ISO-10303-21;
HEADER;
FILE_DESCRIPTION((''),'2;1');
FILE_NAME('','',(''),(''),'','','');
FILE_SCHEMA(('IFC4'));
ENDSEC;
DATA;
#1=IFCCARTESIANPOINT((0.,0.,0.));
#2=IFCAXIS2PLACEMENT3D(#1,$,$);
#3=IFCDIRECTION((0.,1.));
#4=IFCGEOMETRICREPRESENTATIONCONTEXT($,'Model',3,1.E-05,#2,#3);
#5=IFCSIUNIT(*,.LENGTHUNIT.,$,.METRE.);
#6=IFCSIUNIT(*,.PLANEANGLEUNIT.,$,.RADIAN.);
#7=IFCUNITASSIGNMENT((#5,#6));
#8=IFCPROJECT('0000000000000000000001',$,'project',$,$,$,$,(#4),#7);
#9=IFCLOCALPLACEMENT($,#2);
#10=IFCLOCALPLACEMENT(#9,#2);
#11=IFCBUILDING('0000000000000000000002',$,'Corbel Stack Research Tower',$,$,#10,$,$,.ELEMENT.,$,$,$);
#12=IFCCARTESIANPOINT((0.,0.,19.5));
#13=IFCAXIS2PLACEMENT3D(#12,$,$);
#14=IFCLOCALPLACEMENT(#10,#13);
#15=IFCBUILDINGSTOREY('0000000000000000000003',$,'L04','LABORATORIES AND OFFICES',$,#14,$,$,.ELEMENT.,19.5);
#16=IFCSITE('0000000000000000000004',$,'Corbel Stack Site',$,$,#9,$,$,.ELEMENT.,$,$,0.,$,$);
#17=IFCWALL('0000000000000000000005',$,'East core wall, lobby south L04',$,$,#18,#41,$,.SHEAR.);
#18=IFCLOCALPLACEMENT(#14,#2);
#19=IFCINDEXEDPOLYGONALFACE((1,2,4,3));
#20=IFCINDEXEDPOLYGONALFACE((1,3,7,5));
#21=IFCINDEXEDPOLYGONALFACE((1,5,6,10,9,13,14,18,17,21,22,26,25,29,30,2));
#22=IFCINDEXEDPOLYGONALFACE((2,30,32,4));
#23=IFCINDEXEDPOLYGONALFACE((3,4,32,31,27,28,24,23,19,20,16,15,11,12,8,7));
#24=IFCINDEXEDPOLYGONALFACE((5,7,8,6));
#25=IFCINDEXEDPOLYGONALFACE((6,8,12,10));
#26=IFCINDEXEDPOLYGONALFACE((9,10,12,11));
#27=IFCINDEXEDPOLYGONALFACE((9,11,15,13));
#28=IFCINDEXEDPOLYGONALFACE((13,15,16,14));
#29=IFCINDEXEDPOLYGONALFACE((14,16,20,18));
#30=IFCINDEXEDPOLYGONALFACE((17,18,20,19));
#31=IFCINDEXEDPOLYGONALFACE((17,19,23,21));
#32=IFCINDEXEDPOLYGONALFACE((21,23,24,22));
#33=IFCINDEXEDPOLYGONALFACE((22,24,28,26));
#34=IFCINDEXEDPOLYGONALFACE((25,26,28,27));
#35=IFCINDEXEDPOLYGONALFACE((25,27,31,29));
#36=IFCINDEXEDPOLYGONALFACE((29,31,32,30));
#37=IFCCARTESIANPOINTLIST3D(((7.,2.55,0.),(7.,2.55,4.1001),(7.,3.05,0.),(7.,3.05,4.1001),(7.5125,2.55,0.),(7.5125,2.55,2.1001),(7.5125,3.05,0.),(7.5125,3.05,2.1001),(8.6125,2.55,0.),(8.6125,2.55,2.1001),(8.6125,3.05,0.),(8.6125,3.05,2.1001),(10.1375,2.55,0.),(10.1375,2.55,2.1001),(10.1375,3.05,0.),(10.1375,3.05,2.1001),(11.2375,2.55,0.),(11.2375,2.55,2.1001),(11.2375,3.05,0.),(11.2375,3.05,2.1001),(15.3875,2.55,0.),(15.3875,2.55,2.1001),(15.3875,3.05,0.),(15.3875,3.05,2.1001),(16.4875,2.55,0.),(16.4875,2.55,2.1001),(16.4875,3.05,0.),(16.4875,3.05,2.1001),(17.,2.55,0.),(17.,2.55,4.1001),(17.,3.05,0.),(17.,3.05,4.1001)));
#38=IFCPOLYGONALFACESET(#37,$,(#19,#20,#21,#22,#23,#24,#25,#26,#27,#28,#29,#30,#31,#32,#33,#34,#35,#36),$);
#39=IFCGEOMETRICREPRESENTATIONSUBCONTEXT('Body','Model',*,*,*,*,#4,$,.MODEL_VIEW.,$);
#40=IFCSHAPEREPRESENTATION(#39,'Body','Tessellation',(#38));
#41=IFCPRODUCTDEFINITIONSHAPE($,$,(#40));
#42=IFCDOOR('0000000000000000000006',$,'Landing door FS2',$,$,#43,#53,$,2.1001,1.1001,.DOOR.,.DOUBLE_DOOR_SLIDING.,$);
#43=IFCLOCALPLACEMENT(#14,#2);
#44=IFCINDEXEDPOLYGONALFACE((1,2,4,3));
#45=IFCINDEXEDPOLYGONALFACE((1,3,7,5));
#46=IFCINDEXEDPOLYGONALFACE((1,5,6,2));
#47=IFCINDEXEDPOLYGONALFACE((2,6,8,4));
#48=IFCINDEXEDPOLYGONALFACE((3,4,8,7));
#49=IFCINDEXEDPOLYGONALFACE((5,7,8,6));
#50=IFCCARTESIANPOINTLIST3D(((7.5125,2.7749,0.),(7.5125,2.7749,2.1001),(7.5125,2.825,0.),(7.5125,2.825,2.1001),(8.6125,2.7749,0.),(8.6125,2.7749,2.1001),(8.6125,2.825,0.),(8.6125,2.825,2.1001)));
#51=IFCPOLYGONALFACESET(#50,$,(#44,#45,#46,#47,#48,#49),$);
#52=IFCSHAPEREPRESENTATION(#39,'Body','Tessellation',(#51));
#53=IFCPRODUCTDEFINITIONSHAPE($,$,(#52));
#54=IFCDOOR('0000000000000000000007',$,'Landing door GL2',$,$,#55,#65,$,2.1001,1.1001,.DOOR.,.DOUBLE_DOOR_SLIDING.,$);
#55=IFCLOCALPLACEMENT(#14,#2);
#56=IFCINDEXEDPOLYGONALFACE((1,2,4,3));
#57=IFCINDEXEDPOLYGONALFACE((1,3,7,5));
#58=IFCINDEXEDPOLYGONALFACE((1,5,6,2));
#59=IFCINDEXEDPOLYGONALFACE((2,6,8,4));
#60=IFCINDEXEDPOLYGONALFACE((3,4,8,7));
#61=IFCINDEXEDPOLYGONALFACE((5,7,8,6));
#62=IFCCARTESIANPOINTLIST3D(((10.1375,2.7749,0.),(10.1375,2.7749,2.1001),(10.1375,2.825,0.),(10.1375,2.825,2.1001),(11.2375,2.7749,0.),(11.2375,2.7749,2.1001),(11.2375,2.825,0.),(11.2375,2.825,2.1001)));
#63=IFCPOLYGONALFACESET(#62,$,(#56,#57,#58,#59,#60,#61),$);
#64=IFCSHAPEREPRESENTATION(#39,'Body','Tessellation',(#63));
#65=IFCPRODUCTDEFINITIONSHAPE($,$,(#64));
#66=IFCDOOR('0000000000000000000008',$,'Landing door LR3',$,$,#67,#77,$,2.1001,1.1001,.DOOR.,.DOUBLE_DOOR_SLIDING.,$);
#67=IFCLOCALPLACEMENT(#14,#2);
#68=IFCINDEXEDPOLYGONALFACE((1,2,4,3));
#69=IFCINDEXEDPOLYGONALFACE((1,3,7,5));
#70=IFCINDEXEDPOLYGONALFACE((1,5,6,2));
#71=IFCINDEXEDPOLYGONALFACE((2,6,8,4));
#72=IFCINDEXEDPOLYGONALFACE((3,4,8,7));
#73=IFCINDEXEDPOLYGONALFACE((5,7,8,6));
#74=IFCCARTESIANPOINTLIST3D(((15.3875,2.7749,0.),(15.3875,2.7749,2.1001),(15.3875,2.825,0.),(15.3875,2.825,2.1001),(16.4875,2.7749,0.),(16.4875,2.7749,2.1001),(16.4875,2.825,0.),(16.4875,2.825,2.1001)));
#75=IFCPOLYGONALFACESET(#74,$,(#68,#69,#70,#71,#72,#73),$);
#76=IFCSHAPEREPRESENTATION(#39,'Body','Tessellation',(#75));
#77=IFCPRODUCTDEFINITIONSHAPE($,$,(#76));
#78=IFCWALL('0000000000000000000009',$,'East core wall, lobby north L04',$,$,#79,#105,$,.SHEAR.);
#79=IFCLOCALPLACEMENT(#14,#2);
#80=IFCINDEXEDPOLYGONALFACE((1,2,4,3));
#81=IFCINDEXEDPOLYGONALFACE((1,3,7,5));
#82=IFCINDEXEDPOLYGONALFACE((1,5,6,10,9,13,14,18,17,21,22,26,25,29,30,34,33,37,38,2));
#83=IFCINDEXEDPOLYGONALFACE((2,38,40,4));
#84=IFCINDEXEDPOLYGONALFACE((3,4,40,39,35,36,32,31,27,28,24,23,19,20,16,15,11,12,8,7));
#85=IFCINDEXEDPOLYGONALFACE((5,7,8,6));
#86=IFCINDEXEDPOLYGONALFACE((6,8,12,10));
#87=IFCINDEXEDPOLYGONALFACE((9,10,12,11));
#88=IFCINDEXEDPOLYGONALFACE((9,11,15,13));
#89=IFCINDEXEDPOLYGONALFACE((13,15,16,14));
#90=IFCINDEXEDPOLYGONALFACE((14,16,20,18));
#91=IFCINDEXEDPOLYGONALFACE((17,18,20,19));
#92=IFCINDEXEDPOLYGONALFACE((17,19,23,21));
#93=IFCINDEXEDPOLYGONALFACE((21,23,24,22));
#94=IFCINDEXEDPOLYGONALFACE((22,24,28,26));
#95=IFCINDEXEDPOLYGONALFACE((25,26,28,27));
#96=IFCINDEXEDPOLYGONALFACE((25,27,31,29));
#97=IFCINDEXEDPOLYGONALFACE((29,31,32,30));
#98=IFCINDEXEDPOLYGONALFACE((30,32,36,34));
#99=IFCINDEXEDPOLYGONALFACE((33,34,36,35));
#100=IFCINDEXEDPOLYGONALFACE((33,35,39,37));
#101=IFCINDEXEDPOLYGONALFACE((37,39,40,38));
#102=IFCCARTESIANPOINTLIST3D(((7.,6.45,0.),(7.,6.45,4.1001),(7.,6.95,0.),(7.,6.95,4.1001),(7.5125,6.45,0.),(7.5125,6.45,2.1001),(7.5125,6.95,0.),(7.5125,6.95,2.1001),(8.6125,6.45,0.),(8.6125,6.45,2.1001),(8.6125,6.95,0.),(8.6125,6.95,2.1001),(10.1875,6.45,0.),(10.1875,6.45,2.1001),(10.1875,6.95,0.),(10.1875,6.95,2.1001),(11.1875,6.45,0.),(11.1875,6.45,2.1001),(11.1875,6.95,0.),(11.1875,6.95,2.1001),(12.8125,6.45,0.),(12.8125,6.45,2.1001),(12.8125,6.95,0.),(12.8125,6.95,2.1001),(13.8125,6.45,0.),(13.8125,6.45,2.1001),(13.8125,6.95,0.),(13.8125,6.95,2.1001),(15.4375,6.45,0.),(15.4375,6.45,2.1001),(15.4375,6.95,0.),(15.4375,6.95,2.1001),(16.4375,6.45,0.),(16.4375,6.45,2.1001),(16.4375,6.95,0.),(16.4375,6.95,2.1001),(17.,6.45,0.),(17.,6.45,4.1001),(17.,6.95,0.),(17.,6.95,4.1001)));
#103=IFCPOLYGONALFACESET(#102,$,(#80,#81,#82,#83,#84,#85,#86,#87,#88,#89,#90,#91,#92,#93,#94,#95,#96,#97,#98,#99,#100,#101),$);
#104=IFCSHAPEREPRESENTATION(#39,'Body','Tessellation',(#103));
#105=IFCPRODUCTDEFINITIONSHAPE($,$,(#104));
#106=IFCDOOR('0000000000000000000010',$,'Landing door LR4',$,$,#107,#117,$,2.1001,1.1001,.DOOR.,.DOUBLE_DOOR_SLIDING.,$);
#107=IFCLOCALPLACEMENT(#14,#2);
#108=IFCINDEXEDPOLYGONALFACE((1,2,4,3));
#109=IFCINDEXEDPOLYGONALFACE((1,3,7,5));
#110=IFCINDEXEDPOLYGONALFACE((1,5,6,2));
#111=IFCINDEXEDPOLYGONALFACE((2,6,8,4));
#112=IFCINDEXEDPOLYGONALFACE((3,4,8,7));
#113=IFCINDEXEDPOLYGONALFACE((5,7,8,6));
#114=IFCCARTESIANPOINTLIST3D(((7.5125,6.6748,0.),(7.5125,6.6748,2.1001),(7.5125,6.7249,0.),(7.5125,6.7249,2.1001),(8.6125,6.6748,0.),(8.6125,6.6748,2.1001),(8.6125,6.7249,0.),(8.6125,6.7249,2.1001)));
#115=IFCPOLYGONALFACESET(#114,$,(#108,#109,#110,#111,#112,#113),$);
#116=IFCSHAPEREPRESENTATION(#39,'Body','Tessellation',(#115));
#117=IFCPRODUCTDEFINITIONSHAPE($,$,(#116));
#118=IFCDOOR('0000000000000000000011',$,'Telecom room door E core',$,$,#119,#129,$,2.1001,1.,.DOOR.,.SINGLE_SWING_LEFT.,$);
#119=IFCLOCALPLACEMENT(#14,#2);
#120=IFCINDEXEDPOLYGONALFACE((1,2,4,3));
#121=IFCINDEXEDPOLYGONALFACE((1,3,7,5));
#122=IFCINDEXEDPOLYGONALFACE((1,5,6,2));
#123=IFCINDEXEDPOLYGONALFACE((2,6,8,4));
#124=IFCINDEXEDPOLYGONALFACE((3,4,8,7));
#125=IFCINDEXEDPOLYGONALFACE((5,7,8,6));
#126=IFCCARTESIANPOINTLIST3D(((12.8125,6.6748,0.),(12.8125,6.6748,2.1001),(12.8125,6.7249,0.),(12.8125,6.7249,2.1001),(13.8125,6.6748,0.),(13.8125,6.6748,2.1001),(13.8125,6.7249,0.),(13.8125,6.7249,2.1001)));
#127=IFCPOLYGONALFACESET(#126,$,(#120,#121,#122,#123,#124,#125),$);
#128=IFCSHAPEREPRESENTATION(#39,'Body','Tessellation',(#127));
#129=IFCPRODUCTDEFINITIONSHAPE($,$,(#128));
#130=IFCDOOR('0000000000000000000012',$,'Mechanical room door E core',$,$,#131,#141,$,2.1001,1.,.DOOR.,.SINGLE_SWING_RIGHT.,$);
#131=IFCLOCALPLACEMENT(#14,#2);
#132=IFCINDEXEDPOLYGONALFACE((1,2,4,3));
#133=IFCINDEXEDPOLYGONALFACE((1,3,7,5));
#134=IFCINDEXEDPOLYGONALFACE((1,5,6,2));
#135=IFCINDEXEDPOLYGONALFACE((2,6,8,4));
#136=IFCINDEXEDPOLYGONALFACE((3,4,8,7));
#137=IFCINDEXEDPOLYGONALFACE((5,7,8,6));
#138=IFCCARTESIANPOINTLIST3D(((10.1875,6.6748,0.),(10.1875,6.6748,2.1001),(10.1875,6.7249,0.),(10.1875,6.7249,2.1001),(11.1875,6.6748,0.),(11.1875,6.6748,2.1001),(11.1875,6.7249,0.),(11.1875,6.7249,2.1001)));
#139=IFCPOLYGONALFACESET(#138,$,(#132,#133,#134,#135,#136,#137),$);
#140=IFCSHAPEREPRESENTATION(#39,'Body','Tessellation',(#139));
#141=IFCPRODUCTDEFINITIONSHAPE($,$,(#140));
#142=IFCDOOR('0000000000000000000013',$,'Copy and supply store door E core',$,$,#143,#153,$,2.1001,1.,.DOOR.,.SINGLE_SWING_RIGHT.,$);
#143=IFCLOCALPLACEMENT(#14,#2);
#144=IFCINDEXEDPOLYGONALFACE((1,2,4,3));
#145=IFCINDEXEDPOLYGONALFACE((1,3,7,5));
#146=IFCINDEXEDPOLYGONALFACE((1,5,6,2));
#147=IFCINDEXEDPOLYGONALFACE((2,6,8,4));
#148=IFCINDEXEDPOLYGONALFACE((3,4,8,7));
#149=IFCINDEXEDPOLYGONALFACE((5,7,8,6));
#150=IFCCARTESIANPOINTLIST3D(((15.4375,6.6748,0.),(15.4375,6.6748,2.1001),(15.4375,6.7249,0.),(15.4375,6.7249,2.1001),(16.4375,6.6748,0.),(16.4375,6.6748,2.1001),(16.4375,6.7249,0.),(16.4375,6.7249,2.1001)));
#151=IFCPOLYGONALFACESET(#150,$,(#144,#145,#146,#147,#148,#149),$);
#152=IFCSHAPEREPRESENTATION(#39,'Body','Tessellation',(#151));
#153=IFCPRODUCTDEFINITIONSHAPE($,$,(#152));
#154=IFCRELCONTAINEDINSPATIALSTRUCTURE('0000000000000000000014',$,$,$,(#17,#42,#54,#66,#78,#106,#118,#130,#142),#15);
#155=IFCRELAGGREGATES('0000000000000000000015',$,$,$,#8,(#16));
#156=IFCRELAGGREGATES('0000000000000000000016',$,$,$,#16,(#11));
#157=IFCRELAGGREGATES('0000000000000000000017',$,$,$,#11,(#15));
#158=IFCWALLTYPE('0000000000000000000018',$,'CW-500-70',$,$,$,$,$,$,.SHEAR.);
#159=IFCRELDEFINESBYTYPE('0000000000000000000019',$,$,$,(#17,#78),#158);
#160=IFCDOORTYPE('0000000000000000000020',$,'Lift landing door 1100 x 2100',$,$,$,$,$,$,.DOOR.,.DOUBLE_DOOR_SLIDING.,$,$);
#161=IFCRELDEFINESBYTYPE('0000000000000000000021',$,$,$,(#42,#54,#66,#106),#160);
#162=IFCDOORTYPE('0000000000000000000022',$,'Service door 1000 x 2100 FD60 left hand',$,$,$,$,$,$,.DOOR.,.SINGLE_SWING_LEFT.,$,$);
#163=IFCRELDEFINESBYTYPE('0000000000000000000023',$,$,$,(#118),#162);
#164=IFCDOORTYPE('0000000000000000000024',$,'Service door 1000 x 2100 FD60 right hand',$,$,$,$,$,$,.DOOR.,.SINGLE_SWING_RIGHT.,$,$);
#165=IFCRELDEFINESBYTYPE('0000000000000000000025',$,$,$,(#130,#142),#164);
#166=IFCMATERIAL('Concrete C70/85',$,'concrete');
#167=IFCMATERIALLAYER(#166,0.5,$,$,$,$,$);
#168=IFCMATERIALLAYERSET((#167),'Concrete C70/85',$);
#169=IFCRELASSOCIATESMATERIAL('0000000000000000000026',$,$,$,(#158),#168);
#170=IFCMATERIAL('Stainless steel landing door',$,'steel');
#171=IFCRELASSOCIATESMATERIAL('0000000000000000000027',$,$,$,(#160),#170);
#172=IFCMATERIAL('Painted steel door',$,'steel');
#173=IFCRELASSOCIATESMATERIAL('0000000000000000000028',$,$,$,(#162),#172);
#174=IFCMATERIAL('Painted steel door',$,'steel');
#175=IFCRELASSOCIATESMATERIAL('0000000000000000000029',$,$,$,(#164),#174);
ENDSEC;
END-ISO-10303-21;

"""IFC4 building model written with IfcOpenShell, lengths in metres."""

from ifc_helpers import new_model, si_unit, direction, frame, frame_2d, origin, place, context, subcontext, project, spatial, rectangle, extrude, material, layer, layer_set, type_object, element, fill, save


model = new_model("IFC4")

# Units and contexts
model_context = context("Model", 3, precision=1e-05, world=origin(), true_north=direction((0.0, 1.0)))
body_context = subcontext(model_context, "Body", "Model", "MODEL_VIEW")
ifc_project = project(units=[si_unit("LENGTHUNIT", "METRE"), si_unit("PLANEANGLEUNIT", "RADIAN")], contexts=[model_context])

# Site, building, storey
site_placement = place(None, origin())
site = spatial("IfcSite", under=ifc_project, at=site_placement, Name="Corbel Stack Site", CompositionType="ELEMENT", RefElevation=0.0)
building_placement = place(site_placement, origin())
building = spatial("IfcBuilding", under=site, at=building_placement, Name="Corbel Stack Research Tower", CompositionType="ELEMENT")
storey_placement = place(building_placement, frame((0.0, 0.0, 19.5)))
storey = spatial("IfcBuildingStorey", under=building, at=storey_placement, Name="L04", Description="LABORATORIES AND OFFICES", CompositionType="ELEMENT", Elevation=19.5)

# Walls, openings, doors
ifc_material_1 = material(Name="Concrete C70/85", Category="concrete")
ifc_layer_1 = layer(ifc_material_1, 0.5)
ifc_layer_set_1 = layer_set([ifc_layer_1], Name="Concrete C70/85")
wall_type_1 = type_object("IfcWallType", Name="CW-500-70", PredefinedType="SHEAR", material=ifc_layer_set_1)
wall_1_placement = place(storey_placement, frame((7.0, 2.8, 0.0), z_axis=(0.0, 0.0, 1.0), x_axis=(1.0, 0.0, 0.0)))
wall_1 = element("IfcWall", 1, at=wall_1_placement, inside=storey, type_object=wall_type_1, Name="East core wall, lobby south L04", PredefinedType="SHEAR", context=body_context, shape_type="SweptSolid", body=[
    extrude(rectangle(XDim=10.0, YDim=0.5, at=frame_2d((5.0, 0.0))), origin(), (0.0, 0.0, 1.0), 4.1001),
])
opening_1_placement = place(wall_1_placement, frame((0.5125, 0.0, 0.0)))
opening_1 = element("IfcOpeningElement", 2, at=opening_1_placement, cuts=wall_1, PredefinedType="OPENING", context=body_context, shape_type="SweptSolid", body=[
    extrude(rectangle(XDim=1.1001, YDim=2.1001, at=frame_2d((0.55, 1.05))), frame((0.0, 0.26, 0.0), z_axis=(0.0, -1.0, 0.0), x_axis=(1.0, 0.0, 0.0)), (0.0, 0.0, 1.0), 0.52),
])
opening_2_placement = place(wall_1_placement, frame((3.1375, 0.0, 0.0)))
opening_2 = element("IfcOpeningElement", 3, at=opening_2_placement, cuts=wall_1, PredefinedType="OPENING", context=body_context, shape_type="SweptSolid", body=[
    extrude(rectangle(XDim=1.1001, YDim=2.1001, at=frame_2d((0.55, 1.05))), frame((0.0, 0.26, 0.0), z_axis=(0.0, -1.0, 0.0), x_axis=(1.0, 0.0, 0.0)), (0.0, 0.0, 1.0), 0.52),
])
opening_3_placement = place(wall_1_placement, frame((8.3875, 0.0, 0.0)))
opening_3 = element("IfcOpeningElement", 4, at=opening_3_placement, cuts=wall_1, PredefinedType="OPENING", context=body_context, shape_type="SweptSolid", body=[
    extrude(rectangle(XDim=1.1001, YDim=2.1001, at=frame_2d((0.55, 1.05))), frame((0.0, 0.26, 0.0), z_axis=(0.0, -1.0, 0.0), x_axis=(1.0, 0.0, 0.0)), (0.0, 0.0, 1.0), 0.52),
])
ifc_material_2 = material(Name="Stainless steel landing door", Category="steel")
door_type_1 = type_object("IfcDoorType", Name="Lift landing door 1100 x 2100", OperationType="DOUBLE_DOOR_SLIDING", PredefinedType="DOOR", material=ifc_material_2)
door_1_placement = place(opening_1_placement, origin())
door_1 = element("IfcDoor", 5, at=door_1_placement, inside=storey, type_object=door_type_1, Name="Landing door FS2", OperationType="DOUBLE_DOOR_SLIDING", OverallHeight=2.1001, OverallWidth=1.1001, PredefinedType="DOOR", context=body_context, shape_type="SweptSolid", body=[
    extrude(rectangle(XDim=1.1001, YDim=2.1001, at=frame_2d((0.55, 1.05))), frame((0.0, 0.0249, 0.0), z_axis=(0.0, -1.0, 0.0), x_axis=(1.0, 0.0, 0.0)), (0.0, 0.0, 1.0), 0.05),
])
fill(opening_1, door_1)
door_2_placement = place(opening_2_placement, origin())
door_2 = element("IfcDoor", 6, at=door_2_placement, inside=storey, type_object=door_type_1, Name="Landing door GL2", OperationType="DOUBLE_DOOR_SLIDING", OverallHeight=2.1001, OverallWidth=1.1001, PredefinedType="DOOR", context=body_context, shape_type="SweptSolid", body=[
    extrude(rectangle(XDim=1.1001, YDim=2.1001, at=frame_2d((0.55, 1.05))), frame((0.0, 0.0249, 0.0), z_axis=(0.0, -1.0, 0.0), x_axis=(1.0, 0.0, 0.0)), (0.0, 0.0, 1.0), 0.05),
])
fill(opening_2, door_2)
door_3_placement = place(opening_3_placement, origin())
door_3 = element("IfcDoor", 7, at=door_3_placement, inside=storey, type_object=door_type_1, Name="Landing door LR3", OperationType="DOUBLE_DOOR_SLIDING", OverallHeight=2.1001, OverallWidth=1.1001, PredefinedType="DOOR", context=body_context, shape_type="SweptSolid", body=[
    extrude(rectangle(XDim=1.1001, YDim=2.1001, at=frame_2d((0.55, 1.05))), frame((0.0, 0.0249, 0.0), z_axis=(0.0, -1.0, 0.0), x_axis=(1.0, 0.0, 0.0)), (0.0, 0.0, 1.0), 0.05),
])
fill(opening_3, door_3)
wall_2_placement = place(storey_placement, frame((7.0, 6.7, 0.0), z_axis=(0.0, 0.0, 1.0), x_axis=(1.0, 0.0, 0.0)))
wall_2 = element("IfcWall", 8, at=wall_2_placement, inside=storey, type_object=wall_type_1, Name="East core wall, lobby north L04", PredefinedType="SHEAR", context=body_context, shape_type="SweptSolid", body=[
    extrude(rectangle(XDim=10.0, YDim=0.5, at=frame_2d((5.0, 0.0))), origin(), (0.0, 0.0, 1.0), 4.1001),
])
opening_4_placement = place(wall_2_placement, frame((0.5125, 0.0, 0.0)))
opening_4 = element("IfcOpeningElement", 9, at=opening_4_placement, cuts=wall_2, PredefinedType="OPENING", context=body_context, shape_type="SweptSolid", body=[
    extrude(rectangle(XDim=1.1001, YDim=2.1001, at=frame_2d((0.55, 1.05))), frame((0.0, 0.26, 0.0), z_axis=(0.0, -1.0, 0.0), x_axis=(1.0, 0.0, 0.0)), (0.0, 0.0, 1.0), 0.52),
])
opening_5_placement = place(wall_2_placement, frame((3.1875, 0.0, 0.0)))
opening_5 = element("IfcOpeningElement", 10, at=opening_5_placement, cuts=wall_2, PredefinedType="OPENING", context=body_context, shape_type="SweptSolid", body=[
    extrude(rectangle(XDim=1.0, YDim=2.1001, at=frame_2d((0.5, 1.05))), frame((0.0, 0.26, 0.0), z_axis=(0.0, -1.0, 0.0), x_axis=(1.0, 0.0, 0.0)), (0.0, 0.0, 1.0), 0.52),
])
opening_6_placement = place(wall_2_placement, frame((5.8125, 0.0, 0.0)))
opening_6 = element("IfcOpeningElement", 11, at=opening_6_placement, cuts=wall_2, PredefinedType="OPENING", context=body_context, shape_type="SweptSolid", body=[
    extrude(rectangle(XDim=1.0, YDim=2.1001, at=frame_2d((0.5, 1.05))), frame((0.0, 0.26, 0.0), z_axis=(0.0, -1.0, 0.0), x_axis=(1.0, 0.0, 0.0)), (0.0, 0.0, 1.0), 0.52),
])
opening_7_placement = place(wall_2_placement, frame((8.4375, 0.0, 0.0)))
opening_7 = element("IfcOpeningElement", 12, at=opening_7_placement, cuts=wall_2, PredefinedType="OPENING", context=body_context, shape_type="SweptSolid", body=[
    extrude(rectangle(XDim=1.0, YDim=2.1001, at=frame_2d((0.5, 1.05))), frame((0.0, 0.26, 0.0), z_axis=(0.0, -1.0, 0.0), x_axis=(1.0, 0.0, 0.0)), (0.0, 0.0, 1.0), 0.52),
])
door_4_placement = place(opening_4_placement, origin())
door_4 = element("IfcDoor", 13, at=door_4_placement, inside=storey, type_object=door_type_1, Name="Landing door LR4", OperationType="DOUBLE_DOOR_SLIDING", OverallHeight=2.1001, OverallWidth=1.1001, PredefinedType="DOOR", context=body_context, shape_type="SweptSolid", body=[
    extrude(rectangle(XDim=1.1001, YDim=2.1001, at=frame_2d((0.55, 1.05))), frame((0.0, 0.0249, 0.0), z_axis=(0.0, -1.0, 0.0), x_axis=(1.0, 0.0, 0.0)), (0.0, 0.0, 1.0), 0.05),
])
fill(opening_4, door_4)
ifc_material_3 = material(Name="Painted steel door", Category="steel")
door_type_2 = type_object("IfcDoorType", Name="Service door 1000 x 2100 FD60 left hand", OperationType="SINGLE_SWING_LEFT", PredefinedType="DOOR", material=ifc_material_3)
door_5_placement = place(opening_6_placement, origin())
door_5 = element("IfcDoor", 14, at=door_5_placement, inside=storey, type_object=door_type_2, Name="Telecom room door E core", OperationType="SINGLE_SWING_LEFT", OverallHeight=2.1001, OverallWidth=1.0, PredefinedType="DOOR", context=body_context, shape_type="SweptSolid", body=[
    extrude(rectangle(XDim=1.0, YDim=2.1001, at=frame_2d((0.5, 1.05))), frame((0.0, 0.0249, 0.0), z_axis=(0.0, -1.0, 0.0), x_axis=(1.0, 0.0, 0.0)), (0.0, 0.0, 1.0), 0.05),
])
fill(opening_6, door_5)
ifc_material_4 = material(Name="Painted steel door", Category="steel")
door_type_3 = type_object("IfcDoorType", Name="Service door 1000 x 2100 FD60 right hand", OperationType="SINGLE_SWING_RIGHT", PredefinedType="DOOR", material=ifc_material_4)
door_6_placement = place(opening_5_placement, origin())
door_6 = element("IfcDoor", 15, at=door_6_placement, inside=storey, type_object=door_type_3, Name="Mechanical room door E core", OperationType="SINGLE_SWING_RIGHT", OverallHeight=2.1001, OverallWidth=1.0, PredefinedType="DOOR", context=body_context, shape_type="SweptSolid", body=[
    extrude(rectangle(XDim=1.0, YDim=2.1001, at=frame_2d((0.5, 1.05))), frame((0.0, 0.0249, 0.0), z_axis=(0.0, -1.0, 0.0), x_axis=(1.0, 0.0, 0.0)), (0.0, 0.0, 1.0), 0.05),
])
fill(opening_5, door_6)
door_7_placement = place(opening_7_placement, origin())
door_7 = element("IfcDoor", 16, at=door_7_placement, inside=storey, type_object=door_type_3, Name="Copy and supply store door E core", OperationType="SINGLE_SWING_RIGHT", OverallHeight=2.1001, OverallWidth=1.0, PredefinedType="DOOR", context=body_context, shape_type="SweptSolid", body=[
    extrude(rectangle(XDim=1.0, YDim=2.1001, at=frame_2d((0.5, 1.05))), frame((0.0, 0.0249, 0.0), z_axis=(0.0, -1.0, 0.0), x_axis=(1.0, 0.0, 0.0)), (0.0, 0.0, 1.0), 0.05),
])
fill(opening_7, door_7)

save(model, "model.ifc")
